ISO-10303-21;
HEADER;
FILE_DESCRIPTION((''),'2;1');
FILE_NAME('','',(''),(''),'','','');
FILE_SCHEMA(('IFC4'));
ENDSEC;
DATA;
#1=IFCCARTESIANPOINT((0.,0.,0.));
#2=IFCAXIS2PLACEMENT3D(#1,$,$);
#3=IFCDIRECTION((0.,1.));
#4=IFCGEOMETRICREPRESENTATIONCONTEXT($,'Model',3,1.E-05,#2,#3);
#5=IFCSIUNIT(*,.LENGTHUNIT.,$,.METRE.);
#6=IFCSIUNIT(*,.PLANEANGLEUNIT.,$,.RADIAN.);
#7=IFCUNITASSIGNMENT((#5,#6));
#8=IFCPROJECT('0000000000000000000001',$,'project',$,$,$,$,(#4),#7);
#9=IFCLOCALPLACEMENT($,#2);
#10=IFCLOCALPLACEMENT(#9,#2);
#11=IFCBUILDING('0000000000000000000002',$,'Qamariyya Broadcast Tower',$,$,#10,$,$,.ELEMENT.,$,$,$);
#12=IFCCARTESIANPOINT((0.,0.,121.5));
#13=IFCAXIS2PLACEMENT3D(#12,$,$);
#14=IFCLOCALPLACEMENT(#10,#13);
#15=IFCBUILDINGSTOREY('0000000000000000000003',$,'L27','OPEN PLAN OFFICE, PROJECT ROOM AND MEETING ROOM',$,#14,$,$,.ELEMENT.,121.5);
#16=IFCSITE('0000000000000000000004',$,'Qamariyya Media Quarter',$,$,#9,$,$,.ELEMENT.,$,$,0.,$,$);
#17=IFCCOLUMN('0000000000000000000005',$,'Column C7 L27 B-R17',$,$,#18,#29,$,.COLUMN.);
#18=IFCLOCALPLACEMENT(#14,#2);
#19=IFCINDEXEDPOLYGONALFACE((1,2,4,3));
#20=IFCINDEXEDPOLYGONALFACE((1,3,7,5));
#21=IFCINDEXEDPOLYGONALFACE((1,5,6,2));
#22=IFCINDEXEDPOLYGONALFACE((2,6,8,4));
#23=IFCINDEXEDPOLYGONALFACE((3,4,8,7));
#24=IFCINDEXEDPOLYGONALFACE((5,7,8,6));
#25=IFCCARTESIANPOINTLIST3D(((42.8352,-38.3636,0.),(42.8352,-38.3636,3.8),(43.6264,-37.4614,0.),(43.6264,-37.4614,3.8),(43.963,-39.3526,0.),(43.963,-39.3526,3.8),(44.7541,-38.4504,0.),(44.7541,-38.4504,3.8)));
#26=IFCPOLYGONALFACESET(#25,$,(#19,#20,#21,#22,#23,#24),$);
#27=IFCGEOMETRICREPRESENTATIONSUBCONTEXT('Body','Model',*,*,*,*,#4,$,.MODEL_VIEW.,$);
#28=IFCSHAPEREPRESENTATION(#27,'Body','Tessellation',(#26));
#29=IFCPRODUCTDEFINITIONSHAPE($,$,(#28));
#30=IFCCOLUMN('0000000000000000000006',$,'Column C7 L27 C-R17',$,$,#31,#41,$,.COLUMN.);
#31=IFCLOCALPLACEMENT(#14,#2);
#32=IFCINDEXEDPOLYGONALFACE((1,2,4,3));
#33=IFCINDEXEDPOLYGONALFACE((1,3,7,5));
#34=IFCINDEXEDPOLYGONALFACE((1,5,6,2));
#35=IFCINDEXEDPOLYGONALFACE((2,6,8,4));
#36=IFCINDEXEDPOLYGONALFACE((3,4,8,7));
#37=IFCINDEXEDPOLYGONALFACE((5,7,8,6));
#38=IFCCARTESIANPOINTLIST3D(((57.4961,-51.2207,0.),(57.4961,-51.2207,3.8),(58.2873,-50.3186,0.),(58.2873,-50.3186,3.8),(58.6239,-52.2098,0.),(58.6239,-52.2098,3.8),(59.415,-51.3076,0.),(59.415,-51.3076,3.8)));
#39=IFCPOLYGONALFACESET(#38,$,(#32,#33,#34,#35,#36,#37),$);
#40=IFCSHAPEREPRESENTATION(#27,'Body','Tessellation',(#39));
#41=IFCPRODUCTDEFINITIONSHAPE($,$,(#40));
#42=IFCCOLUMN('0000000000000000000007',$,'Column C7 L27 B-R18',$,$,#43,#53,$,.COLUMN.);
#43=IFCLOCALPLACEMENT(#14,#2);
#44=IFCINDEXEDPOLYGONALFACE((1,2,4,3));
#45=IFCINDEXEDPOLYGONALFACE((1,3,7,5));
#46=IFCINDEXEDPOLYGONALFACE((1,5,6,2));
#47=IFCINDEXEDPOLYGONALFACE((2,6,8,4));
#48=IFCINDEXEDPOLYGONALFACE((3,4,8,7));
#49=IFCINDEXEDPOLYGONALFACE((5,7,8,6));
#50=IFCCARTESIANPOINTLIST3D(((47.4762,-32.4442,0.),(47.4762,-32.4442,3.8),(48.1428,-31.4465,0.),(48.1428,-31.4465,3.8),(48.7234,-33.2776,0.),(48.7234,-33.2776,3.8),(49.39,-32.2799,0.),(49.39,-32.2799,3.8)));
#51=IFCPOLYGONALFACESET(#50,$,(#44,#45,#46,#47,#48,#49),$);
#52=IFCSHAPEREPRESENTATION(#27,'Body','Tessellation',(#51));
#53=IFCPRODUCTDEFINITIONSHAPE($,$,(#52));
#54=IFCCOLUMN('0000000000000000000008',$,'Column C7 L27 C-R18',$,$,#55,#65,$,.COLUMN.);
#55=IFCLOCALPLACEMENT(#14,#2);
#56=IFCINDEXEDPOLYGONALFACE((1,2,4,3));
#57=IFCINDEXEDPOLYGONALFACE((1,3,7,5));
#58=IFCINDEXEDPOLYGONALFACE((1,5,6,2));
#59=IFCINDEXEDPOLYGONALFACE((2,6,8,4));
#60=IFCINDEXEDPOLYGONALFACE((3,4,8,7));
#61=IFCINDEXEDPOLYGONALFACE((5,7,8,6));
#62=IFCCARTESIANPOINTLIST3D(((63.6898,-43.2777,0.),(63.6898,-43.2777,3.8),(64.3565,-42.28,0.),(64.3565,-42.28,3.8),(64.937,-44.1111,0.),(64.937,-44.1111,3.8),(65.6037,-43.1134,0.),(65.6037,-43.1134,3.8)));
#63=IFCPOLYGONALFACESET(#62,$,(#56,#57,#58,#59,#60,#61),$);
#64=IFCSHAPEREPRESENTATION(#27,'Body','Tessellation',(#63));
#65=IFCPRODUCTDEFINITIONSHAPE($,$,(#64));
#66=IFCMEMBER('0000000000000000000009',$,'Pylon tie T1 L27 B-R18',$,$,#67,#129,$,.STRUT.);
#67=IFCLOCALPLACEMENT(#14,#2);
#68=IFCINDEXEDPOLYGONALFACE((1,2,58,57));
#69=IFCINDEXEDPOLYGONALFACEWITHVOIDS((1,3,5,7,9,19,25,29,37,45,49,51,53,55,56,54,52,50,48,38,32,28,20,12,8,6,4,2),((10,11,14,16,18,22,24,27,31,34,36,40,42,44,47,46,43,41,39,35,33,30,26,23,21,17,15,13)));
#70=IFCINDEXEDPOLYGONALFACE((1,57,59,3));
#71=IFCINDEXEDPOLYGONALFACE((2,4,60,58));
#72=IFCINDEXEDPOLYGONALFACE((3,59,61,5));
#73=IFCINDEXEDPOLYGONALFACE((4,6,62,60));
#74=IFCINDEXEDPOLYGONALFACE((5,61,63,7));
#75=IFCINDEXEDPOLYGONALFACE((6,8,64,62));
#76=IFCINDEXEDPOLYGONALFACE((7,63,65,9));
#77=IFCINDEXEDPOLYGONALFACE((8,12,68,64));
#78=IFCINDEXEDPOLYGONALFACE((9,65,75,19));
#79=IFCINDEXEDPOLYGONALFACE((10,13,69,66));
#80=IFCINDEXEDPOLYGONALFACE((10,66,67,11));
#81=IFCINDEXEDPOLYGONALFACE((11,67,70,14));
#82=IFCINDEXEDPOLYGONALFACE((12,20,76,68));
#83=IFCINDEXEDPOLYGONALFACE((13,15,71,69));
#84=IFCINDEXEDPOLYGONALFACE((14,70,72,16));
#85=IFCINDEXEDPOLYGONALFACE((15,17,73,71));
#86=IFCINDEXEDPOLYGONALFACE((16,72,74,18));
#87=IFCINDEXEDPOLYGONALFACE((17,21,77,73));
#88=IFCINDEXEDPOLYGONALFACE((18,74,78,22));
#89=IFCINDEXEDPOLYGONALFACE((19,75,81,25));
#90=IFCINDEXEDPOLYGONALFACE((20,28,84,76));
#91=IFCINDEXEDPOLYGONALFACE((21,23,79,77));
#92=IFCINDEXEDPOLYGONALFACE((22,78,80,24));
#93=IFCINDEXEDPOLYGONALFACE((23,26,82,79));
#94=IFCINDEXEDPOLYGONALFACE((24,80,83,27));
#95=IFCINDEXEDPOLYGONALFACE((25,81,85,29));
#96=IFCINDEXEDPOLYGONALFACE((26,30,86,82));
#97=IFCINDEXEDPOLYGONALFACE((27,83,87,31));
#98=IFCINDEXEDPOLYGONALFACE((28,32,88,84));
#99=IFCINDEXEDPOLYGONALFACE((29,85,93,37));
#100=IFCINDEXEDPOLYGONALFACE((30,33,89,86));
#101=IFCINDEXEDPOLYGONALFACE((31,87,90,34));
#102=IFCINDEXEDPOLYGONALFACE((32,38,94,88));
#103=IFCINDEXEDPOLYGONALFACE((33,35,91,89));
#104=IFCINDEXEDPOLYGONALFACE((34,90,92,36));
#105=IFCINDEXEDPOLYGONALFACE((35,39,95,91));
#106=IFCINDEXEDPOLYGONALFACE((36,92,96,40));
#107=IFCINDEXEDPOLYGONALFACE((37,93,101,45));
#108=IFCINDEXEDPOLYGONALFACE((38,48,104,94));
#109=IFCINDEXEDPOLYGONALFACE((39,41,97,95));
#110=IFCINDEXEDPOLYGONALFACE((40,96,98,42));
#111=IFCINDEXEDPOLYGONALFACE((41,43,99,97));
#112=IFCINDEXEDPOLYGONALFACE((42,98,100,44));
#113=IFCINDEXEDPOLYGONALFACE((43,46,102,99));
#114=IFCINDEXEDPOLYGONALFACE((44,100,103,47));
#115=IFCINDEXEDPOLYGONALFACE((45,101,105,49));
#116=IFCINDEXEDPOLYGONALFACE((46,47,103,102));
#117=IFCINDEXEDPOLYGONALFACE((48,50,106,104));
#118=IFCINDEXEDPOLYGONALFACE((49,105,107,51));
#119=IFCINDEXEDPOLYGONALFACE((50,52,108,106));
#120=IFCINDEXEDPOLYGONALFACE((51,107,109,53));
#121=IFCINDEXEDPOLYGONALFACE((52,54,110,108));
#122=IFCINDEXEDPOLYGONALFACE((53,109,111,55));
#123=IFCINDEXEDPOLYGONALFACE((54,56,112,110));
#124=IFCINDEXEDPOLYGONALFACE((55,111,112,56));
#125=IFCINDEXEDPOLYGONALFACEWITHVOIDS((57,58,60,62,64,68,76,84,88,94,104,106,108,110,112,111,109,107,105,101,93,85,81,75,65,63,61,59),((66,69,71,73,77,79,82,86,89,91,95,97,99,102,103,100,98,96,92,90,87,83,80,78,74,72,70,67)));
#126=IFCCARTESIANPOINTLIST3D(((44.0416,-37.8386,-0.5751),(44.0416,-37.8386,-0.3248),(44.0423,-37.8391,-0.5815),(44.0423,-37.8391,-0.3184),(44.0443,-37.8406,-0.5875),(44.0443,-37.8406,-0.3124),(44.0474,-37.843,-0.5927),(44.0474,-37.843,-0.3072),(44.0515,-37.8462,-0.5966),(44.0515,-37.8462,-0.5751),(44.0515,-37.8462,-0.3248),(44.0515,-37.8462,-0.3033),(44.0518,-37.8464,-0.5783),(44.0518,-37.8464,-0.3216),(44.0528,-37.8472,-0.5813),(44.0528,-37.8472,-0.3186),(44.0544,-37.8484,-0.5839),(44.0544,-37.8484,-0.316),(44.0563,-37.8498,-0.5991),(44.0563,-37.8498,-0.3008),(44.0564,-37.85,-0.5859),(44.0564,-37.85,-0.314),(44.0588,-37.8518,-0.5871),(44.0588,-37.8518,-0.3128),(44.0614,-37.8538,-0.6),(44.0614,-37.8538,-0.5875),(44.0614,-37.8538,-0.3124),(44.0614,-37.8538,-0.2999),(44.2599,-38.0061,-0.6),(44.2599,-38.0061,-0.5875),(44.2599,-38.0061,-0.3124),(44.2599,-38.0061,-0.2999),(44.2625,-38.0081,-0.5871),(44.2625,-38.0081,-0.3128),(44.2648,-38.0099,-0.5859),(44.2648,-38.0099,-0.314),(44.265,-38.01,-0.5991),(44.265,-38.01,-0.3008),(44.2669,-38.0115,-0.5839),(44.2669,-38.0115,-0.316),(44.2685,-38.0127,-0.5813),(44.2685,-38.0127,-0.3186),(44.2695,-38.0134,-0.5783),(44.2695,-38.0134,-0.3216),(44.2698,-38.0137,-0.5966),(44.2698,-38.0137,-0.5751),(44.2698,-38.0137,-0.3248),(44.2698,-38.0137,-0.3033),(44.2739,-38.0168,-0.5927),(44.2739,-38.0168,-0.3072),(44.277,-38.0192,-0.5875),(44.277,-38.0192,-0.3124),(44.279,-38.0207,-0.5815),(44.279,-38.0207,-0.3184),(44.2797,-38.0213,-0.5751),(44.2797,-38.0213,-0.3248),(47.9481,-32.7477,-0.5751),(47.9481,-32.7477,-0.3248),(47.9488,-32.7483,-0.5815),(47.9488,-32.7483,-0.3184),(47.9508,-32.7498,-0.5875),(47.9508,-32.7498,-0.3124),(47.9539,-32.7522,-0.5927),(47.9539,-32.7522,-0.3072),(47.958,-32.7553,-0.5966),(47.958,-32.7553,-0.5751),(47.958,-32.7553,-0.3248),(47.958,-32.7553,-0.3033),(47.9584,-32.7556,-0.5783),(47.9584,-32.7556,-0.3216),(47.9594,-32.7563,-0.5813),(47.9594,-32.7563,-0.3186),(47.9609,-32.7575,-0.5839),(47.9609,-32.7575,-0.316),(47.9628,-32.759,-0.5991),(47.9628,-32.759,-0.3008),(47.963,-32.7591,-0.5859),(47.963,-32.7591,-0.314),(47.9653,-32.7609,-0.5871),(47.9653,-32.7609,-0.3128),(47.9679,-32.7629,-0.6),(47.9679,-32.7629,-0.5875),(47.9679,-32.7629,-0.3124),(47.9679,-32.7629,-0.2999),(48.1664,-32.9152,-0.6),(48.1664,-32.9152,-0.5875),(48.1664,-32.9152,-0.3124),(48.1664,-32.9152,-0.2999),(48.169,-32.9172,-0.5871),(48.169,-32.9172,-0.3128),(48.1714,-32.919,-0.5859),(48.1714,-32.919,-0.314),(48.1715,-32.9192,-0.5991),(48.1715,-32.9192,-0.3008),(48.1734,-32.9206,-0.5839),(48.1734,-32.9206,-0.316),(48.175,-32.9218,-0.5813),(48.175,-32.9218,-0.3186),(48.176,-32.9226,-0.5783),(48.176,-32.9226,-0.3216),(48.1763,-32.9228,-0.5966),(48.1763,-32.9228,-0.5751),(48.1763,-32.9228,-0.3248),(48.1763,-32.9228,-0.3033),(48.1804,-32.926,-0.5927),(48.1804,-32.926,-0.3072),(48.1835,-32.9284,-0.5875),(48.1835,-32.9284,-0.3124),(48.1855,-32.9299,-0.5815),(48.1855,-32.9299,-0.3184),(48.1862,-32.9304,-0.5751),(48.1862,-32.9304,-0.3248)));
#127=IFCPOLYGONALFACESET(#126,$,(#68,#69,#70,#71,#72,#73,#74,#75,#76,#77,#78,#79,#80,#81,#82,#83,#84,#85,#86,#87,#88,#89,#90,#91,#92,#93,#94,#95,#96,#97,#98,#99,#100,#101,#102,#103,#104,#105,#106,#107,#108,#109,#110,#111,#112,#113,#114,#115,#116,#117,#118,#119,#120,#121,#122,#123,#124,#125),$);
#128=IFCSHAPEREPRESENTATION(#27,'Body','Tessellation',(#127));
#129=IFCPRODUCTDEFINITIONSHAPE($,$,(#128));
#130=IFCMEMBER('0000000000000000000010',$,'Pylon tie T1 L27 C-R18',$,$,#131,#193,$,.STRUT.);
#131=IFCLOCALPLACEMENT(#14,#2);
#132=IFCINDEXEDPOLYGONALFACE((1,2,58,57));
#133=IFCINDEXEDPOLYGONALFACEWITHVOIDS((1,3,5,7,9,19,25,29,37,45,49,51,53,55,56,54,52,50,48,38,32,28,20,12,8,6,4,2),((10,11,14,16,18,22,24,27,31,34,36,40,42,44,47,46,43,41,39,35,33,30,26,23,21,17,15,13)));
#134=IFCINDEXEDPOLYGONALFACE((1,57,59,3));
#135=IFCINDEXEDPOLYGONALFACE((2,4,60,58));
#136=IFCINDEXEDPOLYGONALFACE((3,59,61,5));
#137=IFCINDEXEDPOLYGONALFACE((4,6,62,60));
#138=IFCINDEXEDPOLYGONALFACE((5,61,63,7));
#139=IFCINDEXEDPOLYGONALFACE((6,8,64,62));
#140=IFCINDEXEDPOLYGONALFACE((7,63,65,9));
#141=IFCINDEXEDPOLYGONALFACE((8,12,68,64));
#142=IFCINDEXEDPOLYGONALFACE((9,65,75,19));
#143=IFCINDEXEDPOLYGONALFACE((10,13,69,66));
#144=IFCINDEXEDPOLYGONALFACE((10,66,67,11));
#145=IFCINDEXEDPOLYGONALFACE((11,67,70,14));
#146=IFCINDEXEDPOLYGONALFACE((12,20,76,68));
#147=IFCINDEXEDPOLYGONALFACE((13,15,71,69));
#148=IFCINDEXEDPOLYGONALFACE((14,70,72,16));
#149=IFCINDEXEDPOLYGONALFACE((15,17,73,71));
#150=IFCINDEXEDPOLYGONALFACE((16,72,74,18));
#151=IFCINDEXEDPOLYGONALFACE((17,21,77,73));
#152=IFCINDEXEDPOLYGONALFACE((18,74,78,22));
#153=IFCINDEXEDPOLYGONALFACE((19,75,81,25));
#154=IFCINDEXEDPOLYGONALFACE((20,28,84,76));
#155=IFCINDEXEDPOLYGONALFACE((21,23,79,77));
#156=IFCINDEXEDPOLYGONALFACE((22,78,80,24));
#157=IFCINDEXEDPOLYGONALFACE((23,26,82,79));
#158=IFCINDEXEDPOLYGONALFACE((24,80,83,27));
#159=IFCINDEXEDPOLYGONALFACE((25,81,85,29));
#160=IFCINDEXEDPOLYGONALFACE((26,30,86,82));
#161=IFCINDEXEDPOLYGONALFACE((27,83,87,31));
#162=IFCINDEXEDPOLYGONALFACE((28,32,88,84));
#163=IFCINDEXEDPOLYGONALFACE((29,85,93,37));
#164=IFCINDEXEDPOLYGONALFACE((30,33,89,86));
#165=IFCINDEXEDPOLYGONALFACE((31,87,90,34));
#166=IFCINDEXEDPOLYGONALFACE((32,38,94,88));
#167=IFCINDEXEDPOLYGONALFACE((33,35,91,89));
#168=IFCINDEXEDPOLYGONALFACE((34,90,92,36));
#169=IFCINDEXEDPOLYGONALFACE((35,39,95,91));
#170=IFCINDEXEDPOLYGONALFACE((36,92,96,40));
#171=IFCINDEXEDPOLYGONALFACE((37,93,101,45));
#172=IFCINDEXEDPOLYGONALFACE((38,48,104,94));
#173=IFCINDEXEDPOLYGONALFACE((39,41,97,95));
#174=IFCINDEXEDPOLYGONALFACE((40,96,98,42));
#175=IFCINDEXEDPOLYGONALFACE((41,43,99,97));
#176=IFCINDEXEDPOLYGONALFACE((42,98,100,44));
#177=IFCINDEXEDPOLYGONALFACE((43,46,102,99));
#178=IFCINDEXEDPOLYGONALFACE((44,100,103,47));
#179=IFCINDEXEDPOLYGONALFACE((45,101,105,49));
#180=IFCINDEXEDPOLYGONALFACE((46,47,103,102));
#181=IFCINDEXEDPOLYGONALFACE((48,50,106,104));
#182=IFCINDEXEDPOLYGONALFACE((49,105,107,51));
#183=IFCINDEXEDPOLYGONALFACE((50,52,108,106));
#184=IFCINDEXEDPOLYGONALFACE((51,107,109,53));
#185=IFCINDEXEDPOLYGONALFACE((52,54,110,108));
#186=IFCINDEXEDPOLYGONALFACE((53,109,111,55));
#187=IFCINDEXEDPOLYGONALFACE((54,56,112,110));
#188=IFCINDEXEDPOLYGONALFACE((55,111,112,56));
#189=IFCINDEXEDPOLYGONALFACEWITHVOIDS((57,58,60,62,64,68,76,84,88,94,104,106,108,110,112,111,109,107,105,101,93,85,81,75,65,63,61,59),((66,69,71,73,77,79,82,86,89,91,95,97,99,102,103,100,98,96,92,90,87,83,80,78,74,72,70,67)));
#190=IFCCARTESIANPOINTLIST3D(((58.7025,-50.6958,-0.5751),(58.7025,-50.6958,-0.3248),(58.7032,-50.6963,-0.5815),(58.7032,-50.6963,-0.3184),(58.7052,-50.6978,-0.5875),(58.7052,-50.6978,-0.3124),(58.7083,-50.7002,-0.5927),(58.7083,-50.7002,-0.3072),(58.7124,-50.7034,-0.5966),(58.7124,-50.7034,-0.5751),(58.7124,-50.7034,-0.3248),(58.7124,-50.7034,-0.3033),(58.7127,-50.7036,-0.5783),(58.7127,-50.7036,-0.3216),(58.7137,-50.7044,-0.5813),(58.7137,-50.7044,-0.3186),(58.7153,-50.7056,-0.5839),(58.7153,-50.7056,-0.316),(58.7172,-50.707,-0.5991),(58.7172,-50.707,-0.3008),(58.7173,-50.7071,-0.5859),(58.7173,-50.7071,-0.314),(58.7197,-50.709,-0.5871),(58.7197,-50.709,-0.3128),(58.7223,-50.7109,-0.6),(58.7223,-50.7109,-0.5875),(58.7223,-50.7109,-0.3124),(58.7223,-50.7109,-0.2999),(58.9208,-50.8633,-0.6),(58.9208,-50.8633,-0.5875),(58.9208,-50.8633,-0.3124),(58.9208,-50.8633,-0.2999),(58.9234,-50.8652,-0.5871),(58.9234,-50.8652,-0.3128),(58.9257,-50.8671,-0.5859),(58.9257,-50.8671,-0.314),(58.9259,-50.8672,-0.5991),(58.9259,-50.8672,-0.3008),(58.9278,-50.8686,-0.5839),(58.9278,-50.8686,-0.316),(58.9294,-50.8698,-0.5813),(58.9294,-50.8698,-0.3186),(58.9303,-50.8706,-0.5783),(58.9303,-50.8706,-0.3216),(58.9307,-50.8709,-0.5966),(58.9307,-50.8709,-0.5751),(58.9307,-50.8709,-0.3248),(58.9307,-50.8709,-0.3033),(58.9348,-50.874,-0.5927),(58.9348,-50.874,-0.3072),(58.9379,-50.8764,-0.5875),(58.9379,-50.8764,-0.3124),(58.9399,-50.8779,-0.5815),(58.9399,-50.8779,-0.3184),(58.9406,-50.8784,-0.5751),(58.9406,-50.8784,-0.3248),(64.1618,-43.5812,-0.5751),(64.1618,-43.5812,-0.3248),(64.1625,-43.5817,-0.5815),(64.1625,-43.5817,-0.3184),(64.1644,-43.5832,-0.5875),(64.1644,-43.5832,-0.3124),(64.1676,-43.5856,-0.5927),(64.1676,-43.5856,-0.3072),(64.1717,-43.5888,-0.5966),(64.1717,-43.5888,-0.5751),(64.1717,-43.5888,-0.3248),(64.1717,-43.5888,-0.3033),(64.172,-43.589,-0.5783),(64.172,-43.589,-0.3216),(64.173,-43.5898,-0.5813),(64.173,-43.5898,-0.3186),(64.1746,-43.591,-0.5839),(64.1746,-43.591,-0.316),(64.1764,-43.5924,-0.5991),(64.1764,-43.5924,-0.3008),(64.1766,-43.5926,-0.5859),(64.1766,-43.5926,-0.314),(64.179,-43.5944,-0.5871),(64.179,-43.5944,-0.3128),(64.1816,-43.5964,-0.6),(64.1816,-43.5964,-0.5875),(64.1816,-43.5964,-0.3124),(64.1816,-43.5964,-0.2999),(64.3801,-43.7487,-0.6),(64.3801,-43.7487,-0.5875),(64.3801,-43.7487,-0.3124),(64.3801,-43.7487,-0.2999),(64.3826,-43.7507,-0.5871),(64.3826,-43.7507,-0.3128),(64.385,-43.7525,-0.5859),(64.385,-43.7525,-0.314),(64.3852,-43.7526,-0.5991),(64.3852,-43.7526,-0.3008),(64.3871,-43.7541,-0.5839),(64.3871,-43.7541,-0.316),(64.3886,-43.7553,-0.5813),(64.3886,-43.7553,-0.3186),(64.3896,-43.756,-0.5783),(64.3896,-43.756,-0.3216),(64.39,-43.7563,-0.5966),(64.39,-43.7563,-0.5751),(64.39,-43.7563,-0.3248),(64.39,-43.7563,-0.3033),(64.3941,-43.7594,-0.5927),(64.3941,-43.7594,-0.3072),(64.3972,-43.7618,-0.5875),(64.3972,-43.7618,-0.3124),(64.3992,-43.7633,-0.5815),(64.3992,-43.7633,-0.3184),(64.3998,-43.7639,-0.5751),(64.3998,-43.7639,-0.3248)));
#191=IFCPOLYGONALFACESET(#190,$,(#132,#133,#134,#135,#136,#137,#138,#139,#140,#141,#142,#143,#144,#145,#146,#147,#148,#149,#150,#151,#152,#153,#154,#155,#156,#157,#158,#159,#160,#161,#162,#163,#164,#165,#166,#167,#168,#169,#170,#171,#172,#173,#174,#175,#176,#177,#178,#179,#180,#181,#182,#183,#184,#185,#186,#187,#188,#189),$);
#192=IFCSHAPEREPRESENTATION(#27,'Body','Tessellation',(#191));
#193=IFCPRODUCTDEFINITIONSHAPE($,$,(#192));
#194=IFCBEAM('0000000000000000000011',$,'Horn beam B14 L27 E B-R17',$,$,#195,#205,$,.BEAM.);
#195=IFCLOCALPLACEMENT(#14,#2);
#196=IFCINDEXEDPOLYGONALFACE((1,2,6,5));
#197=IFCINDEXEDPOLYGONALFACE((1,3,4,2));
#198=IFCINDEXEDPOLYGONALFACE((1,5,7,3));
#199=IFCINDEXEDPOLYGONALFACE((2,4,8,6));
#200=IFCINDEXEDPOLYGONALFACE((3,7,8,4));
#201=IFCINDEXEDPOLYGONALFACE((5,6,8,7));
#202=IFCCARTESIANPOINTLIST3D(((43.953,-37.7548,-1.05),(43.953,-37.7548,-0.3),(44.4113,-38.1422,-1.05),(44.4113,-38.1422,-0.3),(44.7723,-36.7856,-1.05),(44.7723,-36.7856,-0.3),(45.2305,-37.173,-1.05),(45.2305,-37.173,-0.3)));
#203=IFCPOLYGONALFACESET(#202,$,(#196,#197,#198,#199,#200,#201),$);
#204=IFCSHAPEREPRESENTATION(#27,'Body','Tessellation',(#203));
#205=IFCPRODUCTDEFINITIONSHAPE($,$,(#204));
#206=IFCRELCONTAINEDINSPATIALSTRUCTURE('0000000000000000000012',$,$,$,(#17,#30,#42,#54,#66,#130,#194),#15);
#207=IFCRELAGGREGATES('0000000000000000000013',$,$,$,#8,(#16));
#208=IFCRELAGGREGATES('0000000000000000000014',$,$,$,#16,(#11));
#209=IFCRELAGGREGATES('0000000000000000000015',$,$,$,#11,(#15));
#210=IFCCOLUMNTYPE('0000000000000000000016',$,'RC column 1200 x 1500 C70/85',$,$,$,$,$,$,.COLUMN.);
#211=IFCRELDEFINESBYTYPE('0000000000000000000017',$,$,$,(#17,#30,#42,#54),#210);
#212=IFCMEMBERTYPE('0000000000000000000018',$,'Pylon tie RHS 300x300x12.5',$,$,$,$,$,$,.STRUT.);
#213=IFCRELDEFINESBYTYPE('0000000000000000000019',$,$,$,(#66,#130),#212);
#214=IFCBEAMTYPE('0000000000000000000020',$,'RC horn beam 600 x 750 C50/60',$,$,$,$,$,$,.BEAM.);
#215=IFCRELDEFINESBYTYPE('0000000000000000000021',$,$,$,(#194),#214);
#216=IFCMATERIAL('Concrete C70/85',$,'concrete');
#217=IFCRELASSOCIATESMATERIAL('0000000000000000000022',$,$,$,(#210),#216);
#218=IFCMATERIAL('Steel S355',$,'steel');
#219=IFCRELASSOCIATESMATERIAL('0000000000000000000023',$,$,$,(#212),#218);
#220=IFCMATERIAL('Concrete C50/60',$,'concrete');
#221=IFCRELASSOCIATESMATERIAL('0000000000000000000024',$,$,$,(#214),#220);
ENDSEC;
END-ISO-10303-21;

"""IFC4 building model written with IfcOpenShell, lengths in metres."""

from ifc_helpers import new_model, si_unit, direction, frame, origin, origin_2d, place, context, subcontext, project, spatial, rectangle, hollow_rectangle, extrude, material, material_profile, profile_set, type_object, element, save


model = new_model("IFC4")

# Units and contexts
model_context = context("Model", 3, precision=1e-05, world=origin(), true_north=direction((0.0, 1.0)))
body_context = subcontext(model_context, "Body", "Model", "MODEL_VIEW")
ifc_project = project(units=[si_unit("LENGTHUNIT", "METRE"), si_unit("PLANEANGLEUNIT", "RADIAN")], contexts=[model_context])

# Site, building, storey
site_placement = place(None, origin())
site = spatial("IfcSite", under=ifc_project, at=site_placement, Name="Qamariyya Media Quarter", CompositionType="ELEMENT", RefElevation=0.0)
building_placement = place(site_placement, origin())
building = spatial("IfcBuilding", under=site, at=building_placement, Name="Qamariyya Broadcast Tower", CompositionType="ELEMENT")
storey_placement = place(building_placement, frame((0.0, 0.0, 121.5)))
storey = spatial("IfcBuildingStorey", under=building, at=storey_placement, Name="L27", Description="OPEN PLAN OFFICE, PROJECT ROOM AND MEETING ROOM", CompositionType="ELEMENT", Elevation=121.5)

# Columns
ifc_material_1 = material(Name="Concrete C70/85", Category="concrete")
ifc_material_profile_1 = material_profile(ifc_material_1, rectangle(XDim=1.2, YDim=1.5, at=origin_2d()))
ifc_profile_set_1 = profile_set([ifc_material_profile_1], Name="Concrete C70/85")
column_type = type_object("IfcColumnType", Name="RC column 1200 x 1500 C70/85", PredefinedType="COLUMN", material=ifc_profile_set_1)
for number, where, z_axis, x_axis, name in (
    (1, (43.7947, -38.407, 0.0), (0.0, 0.0, 1.0), (0.659346, 0.75184, 0.0), "Column C7 L27 B-R17"),
    (2, (58.4556, -51.2642, 0.0), (0.0, 0.0, 1.0), (0.659346, 0.75184, 0.0), "Column C7 L27 C-R17"),
    (3, (48.4331, -32.3621, 0.0), (0.0, 0.0, 1.0), (0.55557, 0.83147, 0.0), "Column C7 L27 B-R18"),
    (4, (64.6467, -43.1956, 0.0), (0.0, 0.0, 1.0), (0.55557, 0.83147, 0.0), "Column C7 L27 C-R18"),
):
    element("IfcColumn", number, at=place(storey_placement, frame(where, z_axis=z_axis, x_axis=x_axis)), inside=storey, type_object=column_type, Name=name, PredefinedType="COLUMN", context=body_context, shape_type="SweptSolid", body=[
        extrude(rectangle(XDim=1.2, YDim=1.5, at=origin_2d()), origin(), (0.0, 0.0, 1.0), 3.8),
    ])

# Members
ifc_material_2 = material(Name="Steel S355", Category="steel")
ifc_material_profile_2 = material_profile(ifc_material_2, hollow_rectangle(XDim=0.3, YDim=0.3, WallThickness=0.0125, InnerFilletRadius=0.0125, OuterFilletRadius=0.0249, at=origin_2d()))
ifc_profile_set_2 = profile_set([ifc_material_profile_2], Name="Steel S355")
member_type = type_object("IfcMemberType", Name="Pylon tie RHS 300x300x12.5", PredefinedType="STRUT", material=ifc_profile_set_2)
member_1_placement = place(storey_placement, frame((44.1606, -37.9299, -0.45), z_axis=(0.608778, 0.793341, 0.0), x_axis=(-0.793341, 0.608778, 0.0)))
element("IfcMember", 5, at=member_1_placement, inside=storey, type_object=member_type, Name="Pylon tie T1 L27 B-R18", PredefinedType="STRUT", context=body_context, shape_type="SweptSolid", body=[
    extrude(hollow_rectangle(XDim=0.3, YDim=0.3, WallThickness=0.0125, InnerFilletRadius=0.0125, OuterFilletRadius=0.0249, at=origin_2d()), origin(), (0.0, 0.0, 1.0), 6.417),
])
member_2_placement = place(storey_placement, frame((58.8215, -50.7871, -0.45), z_axis=(0.608767, 0.793349, 0.0), x_axis=(-0.793349, 0.608767, 0.0)))
element("IfcMember", 6, at=member_2_placement, inside=storey, type_object=member_type, Name="Pylon tie T1 L27 C-R18", PredefinedType="STRUT", context=body_context, shape_type="SweptSolid", body=[
    extrude(hollow_rectangle(XDim=0.3, YDim=0.3, WallThickness=0.0125, InnerFilletRadius=0.0125, OuterFilletRadius=0.0249, at=origin_2d()), origin(), (0.0, 0.0, 1.0), 8.9678),
])

# Beam
ifc_material_3 = material(Name="Concrete C50/60", Category="concrete")
ifc_material_profile_3 = material_profile(ifc_material_3, rectangle(XDim=0.6001, YDim=0.75, at=origin_2d()))
ifc_profile_set_3 = profile_set([ifc_material_profile_3], Name="Concrete C50/60")
beam_type_1 = type_object("IfcBeamType", Name="RC horn beam 600 x 750 C50/60", PredefinedType="BEAM", material=ifc_profile_set_3)
beam_1_placement = place(storey_placement, frame((44.1821, -37.9485, -0.675), z_axis=(0.64558, 0.763693, 0.0), x_axis=(-0.763693, 0.64558, 0.0)))
element("IfcBeam", 7, at=beam_1_placement, inside=storey, type_object=beam_type_1, Name="Horn beam B14 L27 E B-R17", PredefinedType="BEAM", context=body_context, shape_type="SweptSolid", body=[
    extrude(rectangle(XDim=0.6001, YDim=0.75, at=origin_2d()), origin(), (0.0, 0.0, 1.0), 1.269),
])

save(model, "model.ifc")
